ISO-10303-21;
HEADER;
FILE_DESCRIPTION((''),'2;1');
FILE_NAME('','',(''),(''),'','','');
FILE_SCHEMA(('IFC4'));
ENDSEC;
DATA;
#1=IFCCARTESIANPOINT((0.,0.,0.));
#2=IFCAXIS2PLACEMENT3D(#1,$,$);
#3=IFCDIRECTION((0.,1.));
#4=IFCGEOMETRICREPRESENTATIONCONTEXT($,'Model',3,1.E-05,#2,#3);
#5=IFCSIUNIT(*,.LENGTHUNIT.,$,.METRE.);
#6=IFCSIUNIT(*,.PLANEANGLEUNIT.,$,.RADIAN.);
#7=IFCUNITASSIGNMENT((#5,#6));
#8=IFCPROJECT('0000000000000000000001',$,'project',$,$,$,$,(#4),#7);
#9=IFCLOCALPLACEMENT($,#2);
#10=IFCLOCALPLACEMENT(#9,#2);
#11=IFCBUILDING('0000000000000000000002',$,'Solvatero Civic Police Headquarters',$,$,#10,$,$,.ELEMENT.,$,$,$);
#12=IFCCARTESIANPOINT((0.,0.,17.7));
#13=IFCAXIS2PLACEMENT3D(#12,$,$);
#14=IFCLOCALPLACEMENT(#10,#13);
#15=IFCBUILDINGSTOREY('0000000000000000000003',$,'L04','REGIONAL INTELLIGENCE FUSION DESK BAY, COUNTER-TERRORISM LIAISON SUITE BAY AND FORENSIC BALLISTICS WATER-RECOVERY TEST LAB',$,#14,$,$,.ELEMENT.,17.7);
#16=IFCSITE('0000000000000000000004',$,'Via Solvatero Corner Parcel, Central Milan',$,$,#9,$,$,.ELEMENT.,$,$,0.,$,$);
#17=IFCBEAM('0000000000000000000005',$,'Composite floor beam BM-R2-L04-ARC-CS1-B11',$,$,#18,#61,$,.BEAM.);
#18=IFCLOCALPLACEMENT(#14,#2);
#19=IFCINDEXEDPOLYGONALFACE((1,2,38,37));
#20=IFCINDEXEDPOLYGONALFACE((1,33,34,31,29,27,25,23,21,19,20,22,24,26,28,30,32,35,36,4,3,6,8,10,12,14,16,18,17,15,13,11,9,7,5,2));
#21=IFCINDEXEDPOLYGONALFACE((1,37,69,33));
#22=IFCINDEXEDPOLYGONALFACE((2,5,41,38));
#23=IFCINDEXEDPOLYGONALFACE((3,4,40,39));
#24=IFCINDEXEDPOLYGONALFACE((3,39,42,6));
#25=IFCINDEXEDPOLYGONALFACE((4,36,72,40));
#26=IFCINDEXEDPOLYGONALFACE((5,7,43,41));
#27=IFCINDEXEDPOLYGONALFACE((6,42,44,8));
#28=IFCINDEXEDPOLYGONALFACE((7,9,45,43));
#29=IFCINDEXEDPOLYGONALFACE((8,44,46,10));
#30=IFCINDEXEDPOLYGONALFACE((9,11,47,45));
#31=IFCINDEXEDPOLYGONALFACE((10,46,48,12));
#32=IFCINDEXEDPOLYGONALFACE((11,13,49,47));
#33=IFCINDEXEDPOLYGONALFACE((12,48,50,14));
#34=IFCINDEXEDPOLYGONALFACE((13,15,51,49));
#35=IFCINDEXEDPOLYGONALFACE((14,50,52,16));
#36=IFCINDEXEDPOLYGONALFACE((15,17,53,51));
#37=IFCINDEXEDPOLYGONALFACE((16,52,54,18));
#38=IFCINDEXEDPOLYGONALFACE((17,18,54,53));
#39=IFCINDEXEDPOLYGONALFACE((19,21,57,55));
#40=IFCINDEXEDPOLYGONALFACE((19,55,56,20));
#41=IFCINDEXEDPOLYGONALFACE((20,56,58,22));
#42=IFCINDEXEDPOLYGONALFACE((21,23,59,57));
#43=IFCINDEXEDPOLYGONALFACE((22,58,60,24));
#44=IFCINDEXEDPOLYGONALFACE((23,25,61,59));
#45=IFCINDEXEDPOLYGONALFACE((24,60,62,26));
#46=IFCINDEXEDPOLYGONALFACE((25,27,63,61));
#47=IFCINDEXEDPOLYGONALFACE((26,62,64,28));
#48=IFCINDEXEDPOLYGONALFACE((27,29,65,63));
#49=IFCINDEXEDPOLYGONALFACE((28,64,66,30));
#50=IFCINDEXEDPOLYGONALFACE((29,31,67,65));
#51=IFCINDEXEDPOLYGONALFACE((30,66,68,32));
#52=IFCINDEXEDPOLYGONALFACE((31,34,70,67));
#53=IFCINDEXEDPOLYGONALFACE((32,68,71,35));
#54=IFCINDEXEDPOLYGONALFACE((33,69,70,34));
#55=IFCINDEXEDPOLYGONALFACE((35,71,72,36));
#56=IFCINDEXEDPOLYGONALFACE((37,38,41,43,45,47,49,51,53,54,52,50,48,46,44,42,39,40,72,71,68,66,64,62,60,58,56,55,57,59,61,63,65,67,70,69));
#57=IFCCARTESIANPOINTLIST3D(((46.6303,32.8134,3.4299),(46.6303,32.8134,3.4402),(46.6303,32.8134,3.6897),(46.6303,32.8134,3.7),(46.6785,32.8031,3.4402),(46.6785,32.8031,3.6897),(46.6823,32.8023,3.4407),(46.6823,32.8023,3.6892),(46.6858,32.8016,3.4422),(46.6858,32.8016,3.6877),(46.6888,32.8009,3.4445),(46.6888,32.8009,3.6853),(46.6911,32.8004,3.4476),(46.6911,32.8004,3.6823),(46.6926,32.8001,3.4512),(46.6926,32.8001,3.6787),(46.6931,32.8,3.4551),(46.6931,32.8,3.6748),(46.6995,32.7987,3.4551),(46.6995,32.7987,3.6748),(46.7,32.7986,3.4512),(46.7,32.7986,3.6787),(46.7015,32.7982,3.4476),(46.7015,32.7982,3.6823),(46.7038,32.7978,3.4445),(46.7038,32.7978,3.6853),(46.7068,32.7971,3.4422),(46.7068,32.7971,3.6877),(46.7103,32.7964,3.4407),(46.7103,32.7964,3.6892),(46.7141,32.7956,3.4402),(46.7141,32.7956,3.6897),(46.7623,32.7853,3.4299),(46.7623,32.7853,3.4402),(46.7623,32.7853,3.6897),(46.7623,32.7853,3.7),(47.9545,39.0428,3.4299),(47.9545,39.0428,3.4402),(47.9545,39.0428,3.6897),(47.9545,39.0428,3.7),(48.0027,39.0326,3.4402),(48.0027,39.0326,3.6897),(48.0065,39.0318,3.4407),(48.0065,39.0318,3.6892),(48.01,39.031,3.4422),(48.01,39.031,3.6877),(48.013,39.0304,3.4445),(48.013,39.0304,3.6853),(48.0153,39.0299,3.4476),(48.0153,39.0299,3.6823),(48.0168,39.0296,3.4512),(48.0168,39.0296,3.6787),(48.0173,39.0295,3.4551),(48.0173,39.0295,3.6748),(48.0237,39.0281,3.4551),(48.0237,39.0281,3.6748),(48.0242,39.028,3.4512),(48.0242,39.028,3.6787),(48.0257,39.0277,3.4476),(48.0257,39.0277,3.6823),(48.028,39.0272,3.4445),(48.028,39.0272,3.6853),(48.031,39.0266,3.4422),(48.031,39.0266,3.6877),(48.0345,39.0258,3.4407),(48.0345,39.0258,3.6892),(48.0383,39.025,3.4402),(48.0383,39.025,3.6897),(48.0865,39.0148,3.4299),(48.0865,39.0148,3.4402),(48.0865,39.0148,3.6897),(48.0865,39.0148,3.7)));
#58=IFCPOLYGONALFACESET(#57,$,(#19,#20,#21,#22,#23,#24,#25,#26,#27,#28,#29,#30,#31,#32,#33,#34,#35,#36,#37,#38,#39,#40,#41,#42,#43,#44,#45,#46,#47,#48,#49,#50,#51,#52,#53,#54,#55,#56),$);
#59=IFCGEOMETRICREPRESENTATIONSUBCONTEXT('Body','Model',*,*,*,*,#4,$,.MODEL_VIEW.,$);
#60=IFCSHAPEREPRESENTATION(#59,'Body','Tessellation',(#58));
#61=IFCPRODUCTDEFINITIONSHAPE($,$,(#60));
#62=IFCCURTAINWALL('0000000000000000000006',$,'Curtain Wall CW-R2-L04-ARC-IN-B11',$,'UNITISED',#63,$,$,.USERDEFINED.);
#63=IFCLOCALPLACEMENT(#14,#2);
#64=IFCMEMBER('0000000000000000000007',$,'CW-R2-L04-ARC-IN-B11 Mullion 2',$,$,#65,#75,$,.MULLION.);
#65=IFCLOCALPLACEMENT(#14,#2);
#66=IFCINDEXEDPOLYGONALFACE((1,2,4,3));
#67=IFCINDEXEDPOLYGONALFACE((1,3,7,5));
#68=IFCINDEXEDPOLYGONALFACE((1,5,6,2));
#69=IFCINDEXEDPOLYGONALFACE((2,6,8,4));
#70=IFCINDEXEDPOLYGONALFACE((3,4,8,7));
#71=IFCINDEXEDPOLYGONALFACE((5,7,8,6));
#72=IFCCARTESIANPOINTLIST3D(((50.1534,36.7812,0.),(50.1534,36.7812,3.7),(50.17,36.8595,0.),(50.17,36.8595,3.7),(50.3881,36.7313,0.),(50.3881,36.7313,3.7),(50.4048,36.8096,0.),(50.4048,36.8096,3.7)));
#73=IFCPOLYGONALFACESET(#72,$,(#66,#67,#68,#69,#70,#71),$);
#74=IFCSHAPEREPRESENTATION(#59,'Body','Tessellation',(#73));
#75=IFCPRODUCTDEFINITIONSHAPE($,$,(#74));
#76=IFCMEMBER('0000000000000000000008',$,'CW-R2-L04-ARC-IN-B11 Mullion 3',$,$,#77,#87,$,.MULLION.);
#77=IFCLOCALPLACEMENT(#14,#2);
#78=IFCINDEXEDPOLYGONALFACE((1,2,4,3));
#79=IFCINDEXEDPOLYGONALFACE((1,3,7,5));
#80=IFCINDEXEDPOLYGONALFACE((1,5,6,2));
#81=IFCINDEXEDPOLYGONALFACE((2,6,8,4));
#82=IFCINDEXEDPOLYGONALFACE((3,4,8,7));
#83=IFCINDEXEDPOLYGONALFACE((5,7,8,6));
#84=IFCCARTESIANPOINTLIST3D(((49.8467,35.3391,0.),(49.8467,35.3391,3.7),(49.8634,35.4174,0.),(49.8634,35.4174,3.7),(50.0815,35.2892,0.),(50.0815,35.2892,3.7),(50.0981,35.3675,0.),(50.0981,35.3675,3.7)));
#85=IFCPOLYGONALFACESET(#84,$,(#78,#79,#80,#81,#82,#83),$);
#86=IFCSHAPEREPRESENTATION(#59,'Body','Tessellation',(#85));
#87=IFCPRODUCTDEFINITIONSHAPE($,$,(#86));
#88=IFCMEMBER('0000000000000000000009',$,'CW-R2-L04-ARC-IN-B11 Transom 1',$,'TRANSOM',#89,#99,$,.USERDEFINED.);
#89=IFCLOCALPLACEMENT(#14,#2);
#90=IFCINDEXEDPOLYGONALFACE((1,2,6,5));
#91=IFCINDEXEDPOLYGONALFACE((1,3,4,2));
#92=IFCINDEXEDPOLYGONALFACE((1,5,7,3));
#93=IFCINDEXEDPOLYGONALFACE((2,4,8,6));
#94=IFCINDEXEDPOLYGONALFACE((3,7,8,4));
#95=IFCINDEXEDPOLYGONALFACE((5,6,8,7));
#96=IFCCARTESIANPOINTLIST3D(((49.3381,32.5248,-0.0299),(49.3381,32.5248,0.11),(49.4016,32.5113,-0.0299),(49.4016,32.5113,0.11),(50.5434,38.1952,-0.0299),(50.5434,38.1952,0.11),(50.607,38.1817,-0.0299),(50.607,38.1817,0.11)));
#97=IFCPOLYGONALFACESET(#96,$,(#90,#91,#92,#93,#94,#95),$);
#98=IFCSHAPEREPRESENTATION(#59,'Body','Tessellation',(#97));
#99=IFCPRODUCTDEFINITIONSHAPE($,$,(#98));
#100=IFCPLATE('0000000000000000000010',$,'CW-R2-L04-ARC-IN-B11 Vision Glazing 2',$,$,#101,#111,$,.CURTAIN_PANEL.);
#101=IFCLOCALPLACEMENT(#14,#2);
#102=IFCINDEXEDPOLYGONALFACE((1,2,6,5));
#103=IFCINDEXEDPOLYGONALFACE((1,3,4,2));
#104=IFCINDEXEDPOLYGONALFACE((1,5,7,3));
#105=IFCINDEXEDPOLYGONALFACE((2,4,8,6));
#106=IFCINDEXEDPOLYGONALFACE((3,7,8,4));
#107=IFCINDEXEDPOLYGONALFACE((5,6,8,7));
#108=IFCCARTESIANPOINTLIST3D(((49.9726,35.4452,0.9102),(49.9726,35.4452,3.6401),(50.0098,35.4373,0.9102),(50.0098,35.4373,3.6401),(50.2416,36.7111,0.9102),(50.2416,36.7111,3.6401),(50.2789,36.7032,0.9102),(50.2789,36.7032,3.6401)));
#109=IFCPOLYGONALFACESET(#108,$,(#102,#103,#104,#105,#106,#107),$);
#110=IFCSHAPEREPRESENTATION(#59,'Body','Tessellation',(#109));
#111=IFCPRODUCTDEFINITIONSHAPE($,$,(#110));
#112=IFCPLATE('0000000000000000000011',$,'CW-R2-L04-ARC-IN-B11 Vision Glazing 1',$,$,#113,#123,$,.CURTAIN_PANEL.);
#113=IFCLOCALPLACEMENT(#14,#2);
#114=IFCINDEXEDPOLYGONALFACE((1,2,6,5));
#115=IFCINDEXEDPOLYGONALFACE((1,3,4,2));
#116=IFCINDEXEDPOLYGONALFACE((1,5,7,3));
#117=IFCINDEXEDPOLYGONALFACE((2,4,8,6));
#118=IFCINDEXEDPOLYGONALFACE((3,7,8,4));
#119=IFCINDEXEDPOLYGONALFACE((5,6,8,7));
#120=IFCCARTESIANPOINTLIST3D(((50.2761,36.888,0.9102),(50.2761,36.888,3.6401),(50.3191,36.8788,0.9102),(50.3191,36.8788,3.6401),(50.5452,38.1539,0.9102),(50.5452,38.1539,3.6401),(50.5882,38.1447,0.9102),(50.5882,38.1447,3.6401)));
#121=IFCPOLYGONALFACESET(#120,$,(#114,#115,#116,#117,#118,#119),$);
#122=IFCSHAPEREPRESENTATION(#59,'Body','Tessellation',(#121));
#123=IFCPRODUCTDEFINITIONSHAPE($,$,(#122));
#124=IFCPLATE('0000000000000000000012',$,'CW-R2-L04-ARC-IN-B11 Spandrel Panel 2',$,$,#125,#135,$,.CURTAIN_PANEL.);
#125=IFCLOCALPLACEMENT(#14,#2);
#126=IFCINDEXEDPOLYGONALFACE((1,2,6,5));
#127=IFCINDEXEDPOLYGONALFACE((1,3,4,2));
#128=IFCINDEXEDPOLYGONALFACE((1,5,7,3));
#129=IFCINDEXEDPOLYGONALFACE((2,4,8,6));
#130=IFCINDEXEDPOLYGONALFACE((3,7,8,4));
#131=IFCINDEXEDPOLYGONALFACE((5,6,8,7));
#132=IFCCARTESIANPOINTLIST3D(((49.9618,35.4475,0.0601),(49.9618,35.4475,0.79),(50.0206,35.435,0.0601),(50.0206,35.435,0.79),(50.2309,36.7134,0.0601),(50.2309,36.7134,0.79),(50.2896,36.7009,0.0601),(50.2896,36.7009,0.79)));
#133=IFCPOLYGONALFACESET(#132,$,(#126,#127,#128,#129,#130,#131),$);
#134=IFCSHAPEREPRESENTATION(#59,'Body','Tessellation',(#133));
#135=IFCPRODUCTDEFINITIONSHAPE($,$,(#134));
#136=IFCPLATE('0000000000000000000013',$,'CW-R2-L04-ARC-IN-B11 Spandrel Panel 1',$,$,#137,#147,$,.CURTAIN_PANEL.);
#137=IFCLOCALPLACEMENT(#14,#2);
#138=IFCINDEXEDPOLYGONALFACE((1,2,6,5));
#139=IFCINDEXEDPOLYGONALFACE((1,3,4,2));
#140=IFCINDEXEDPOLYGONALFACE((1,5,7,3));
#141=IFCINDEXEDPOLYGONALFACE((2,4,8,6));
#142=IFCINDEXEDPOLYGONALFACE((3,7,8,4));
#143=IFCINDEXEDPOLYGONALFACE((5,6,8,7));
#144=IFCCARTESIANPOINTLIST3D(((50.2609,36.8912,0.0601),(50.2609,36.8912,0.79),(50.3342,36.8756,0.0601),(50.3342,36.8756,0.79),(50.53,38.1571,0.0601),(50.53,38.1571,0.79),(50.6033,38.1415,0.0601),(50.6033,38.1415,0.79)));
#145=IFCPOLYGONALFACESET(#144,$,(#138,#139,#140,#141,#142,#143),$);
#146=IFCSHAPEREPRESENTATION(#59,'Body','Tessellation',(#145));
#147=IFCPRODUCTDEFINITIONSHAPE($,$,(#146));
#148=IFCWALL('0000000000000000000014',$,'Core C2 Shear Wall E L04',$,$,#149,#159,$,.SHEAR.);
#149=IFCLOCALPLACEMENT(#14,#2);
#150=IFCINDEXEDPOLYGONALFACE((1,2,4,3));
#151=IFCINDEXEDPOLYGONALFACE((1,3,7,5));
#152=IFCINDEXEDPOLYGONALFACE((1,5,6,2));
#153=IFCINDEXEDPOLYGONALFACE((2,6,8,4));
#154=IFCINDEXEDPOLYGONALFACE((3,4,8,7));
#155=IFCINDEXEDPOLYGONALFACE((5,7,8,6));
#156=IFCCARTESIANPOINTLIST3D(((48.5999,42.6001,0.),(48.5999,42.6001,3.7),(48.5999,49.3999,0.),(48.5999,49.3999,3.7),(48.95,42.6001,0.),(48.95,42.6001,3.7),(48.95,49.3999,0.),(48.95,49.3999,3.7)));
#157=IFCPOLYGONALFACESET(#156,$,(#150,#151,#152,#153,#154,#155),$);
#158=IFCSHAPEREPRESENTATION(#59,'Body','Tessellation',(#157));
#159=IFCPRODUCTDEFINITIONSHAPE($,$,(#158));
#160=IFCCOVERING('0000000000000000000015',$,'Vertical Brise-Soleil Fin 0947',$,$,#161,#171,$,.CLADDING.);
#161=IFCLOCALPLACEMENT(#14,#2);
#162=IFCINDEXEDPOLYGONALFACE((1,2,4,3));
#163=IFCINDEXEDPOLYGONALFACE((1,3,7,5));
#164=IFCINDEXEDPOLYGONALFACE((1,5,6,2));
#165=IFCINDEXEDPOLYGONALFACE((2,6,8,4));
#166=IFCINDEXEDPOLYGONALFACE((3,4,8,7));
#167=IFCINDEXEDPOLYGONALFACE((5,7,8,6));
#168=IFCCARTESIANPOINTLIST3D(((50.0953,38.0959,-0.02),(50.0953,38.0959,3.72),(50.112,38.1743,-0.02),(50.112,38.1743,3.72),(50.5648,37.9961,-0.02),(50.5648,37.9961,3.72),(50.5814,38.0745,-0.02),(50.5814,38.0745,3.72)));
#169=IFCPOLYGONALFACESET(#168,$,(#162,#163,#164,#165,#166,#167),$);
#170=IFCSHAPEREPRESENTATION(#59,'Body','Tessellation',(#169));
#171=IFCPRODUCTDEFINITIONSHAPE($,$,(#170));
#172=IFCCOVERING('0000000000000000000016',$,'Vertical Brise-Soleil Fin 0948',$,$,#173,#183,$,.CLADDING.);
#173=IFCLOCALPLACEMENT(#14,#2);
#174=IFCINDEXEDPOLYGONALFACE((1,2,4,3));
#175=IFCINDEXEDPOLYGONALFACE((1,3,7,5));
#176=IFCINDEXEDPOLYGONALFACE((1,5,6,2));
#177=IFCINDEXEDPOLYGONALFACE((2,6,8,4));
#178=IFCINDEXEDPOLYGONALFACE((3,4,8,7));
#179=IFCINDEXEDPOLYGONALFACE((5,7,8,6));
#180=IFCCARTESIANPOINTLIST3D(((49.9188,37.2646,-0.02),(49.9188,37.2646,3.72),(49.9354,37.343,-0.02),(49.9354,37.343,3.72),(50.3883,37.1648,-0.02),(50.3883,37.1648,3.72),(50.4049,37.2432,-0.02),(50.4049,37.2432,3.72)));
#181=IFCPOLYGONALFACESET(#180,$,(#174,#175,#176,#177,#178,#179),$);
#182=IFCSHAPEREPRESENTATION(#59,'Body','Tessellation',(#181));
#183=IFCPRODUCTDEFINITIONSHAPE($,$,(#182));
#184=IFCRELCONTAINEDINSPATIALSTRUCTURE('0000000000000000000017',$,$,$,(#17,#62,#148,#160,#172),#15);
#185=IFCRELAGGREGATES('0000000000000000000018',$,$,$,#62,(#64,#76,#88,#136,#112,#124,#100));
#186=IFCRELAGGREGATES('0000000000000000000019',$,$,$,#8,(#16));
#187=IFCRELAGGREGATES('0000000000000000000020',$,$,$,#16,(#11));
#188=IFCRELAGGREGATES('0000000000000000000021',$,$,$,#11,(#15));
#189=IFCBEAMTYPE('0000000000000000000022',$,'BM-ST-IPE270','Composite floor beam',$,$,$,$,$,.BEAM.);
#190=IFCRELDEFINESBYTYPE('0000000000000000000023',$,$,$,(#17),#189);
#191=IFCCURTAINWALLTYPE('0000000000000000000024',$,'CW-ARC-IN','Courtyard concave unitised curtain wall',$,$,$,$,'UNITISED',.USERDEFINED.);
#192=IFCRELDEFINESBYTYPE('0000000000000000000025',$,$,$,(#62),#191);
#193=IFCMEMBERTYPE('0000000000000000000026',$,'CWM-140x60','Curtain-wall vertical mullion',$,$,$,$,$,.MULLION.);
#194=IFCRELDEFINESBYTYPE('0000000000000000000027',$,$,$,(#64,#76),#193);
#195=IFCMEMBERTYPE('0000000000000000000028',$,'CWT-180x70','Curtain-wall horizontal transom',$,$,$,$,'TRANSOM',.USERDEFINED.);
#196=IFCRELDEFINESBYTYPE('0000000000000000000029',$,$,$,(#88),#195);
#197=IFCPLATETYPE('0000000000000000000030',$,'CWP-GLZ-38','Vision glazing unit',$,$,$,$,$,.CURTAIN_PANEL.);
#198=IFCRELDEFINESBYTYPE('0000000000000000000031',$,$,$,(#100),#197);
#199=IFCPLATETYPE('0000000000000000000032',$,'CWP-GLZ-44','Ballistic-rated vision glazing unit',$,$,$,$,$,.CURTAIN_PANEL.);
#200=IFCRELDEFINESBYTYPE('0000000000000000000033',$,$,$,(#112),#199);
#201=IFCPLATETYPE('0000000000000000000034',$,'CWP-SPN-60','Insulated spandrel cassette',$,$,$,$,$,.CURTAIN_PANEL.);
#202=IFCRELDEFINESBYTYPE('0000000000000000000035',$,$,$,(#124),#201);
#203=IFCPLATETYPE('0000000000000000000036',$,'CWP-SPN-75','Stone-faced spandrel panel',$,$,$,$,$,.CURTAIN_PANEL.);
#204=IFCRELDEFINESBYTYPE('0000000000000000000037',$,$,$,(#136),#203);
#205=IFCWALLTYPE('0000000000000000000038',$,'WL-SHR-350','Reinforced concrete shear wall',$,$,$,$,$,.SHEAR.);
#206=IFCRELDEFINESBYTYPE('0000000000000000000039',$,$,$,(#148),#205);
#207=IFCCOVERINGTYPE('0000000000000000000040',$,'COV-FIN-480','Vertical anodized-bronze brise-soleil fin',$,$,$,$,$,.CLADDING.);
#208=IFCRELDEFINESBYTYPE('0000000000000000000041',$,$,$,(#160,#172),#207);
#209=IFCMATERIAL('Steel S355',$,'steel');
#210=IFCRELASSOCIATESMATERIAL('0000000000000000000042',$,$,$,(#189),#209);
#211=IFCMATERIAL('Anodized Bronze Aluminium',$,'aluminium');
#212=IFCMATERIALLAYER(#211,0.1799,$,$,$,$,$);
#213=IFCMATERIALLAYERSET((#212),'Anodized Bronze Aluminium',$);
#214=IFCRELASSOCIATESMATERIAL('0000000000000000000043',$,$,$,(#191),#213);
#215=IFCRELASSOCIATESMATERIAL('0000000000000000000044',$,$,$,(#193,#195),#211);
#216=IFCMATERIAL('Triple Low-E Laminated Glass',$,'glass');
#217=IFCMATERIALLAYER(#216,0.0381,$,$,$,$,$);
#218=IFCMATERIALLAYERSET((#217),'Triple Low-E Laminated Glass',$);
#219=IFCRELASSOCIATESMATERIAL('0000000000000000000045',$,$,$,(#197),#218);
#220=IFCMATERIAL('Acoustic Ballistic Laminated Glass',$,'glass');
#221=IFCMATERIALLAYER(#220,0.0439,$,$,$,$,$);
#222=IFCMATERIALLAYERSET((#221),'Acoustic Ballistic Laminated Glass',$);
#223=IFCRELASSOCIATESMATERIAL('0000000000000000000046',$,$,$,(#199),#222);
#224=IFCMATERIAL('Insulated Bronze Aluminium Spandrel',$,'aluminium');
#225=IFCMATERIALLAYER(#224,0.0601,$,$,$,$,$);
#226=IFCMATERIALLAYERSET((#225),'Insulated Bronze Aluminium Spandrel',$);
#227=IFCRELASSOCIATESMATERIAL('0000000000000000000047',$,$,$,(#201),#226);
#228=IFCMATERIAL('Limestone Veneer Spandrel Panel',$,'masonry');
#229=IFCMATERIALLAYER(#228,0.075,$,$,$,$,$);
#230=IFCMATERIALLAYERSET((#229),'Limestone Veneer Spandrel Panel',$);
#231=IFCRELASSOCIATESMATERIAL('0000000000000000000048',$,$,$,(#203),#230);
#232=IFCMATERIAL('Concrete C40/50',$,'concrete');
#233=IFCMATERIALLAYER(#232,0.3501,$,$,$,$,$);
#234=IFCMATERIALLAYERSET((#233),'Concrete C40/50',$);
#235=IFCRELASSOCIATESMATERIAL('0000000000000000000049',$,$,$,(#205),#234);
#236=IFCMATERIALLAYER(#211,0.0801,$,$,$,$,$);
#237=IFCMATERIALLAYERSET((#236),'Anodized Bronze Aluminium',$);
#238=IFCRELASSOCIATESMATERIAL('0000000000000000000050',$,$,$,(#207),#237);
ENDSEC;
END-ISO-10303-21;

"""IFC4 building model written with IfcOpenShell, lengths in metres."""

from ifc_helpers import new_model, si_unit, direction, frame, frame_2d, origin, origin_2d, place, context, subcontext, project, spatial, rectangle, i_section, extrude, material, layer, layer_set, material_profile, profile_set, type_object, element, aggregate, save


model = new_model("IFC4")

# Units and contexts
model_context = context("Model", 3, precision=1e-05, world=origin(), true_north=direction((0.0, 1.0)))
body_context = subcontext(model_context, "Body", "Model", "MODEL_VIEW")
ifc_project = project(units=[si_unit("LENGTHUNIT", "METRE"), si_unit("PLANEANGLEUNIT", "RADIAN")], contexts=[model_context])

# Site, building, storey
site_placement = place(None, origin())
site = spatial("IfcSite", under=ifc_project, at=site_placement, Name="Via Solvatero Corner Parcel, Central Milan", CompositionType="ELEMENT", RefElevation=0.0)
building_placement = place(site_placement, origin())
building = spatial("IfcBuilding", under=site, at=building_placement, Name="Solvatero Civic Police Headquarters", CompositionType="ELEMENT")
storey_placement = place(building_placement, frame((0.0, 0.0, 17.7)))
storey = spatial("IfcBuildingStorey", under=building, at=storey_placement, Name="L04", Description="REGIONAL INTELLIGENCE FUSION DESK BAY, COUNTER-TERRORISM LIAISON SUITE BAY AND FORENSIC BALLISTICS WATER-RECOVERY TEST LAB", CompositionType="ELEMENT", Elevation=17.7)

# Shared definitions
ifc_material_1 = material(Name="Steel S355", Category="steel")

# Beam
ifc_material_profile_1 = material_profile(ifc_material_1, i_section(OverallWidth=0.135, OverallDepth=0.27, WebThickness=0.0066, FlangeThickness=0.0103, FilletRadius=0.0149, at=origin_2d()), Name="IPE 270")
ifc_profile_set_1 = profile_set([ifc_material_profile_1], Name="Steel S355")
beam_type_1 = type_object("IfcBeamType", Name="BM-ST-IPE270", Description="Composite floor beam", PredefinedType="BEAM", material=ifc_profile_set_1)
beam_1_placement = place(storey_placement, frame((48.0205, 39.0288, 3.5649), z_axis=(-0.207927, -0.978144, 0.0), x_axis=(0.978144, -0.207927, 0.0)))
element("IfcBeam", 1, at=beam_1_placement, inside=storey, type_object=beam_type_1, Name="Composite floor beam BM-R2-L04-ARC-CS1-B11", PredefinedType="BEAM", context=body_context, shape_type="SweptSolid", body=[
    extrude(i_section(OverallWidth=0.135, OverallDepth=0.27, WebThickness=0.0066, FlangeThickness=0.0103, FilletRadius=0.0149, at=origin_2d()), origin(), (0.0, 0.0, 1.0), 6.3687),
])

# Curtain wall, members, plates
ifc_material_2 = material(Name="Anodized Bronze Aluminium", Category="aluminium")
ifc_layer_1 = layer(ifc_material_2, 0.1799)
ifc_layer_set_1 = layer_set([ifc_layer_1], Name="Anodized Bronze Aluminium")
curtain_wall_type = type_object("IfcCurtainWallType", Name="CW-ARC-IN", Description="Courtyard concave unitised curtain wall", ElementType="UNITISED", PredefinedType="USERDEFINED", material=ifc_layer_set_1)
curtain_wall_placement = place(storey_placement, origin())
curtain_wall = element("IfcCurtainWall", 2, at=curtain_wall_placement, inside=storey, type_object=curtain_wall_type, Name="Curtain Wall CW-R2-L04-ARC-IN-B11", ObjectType="UNITISED", PredefinedType="USERDEFINED")
ifc_material_profile_2 = material_profile(ifc_material_2, rectangle(XDim=0.0801, YDim=0.24, at=origin_2d()), Name="ALU MULLION 80x240")
ifc_profile_set_2 = profile_set([ifc_material_profile_2], Name="Anodized Bronze Aluminium")
member_type_1 = type_object("IfcMemberType", Name="CWM-140x60", Description="Curtain-wall vertical mullion", PredefinedType="MULLION", material=ifc_profile_set_2)
member_1_placement = place(storey_placement, frame((50.2791, 36.7954, 0.0), z_axis=(0.0, 0.0, 1.0), x_axis=(-0.207912, -0.978148, 0.0)))
member_1 = element("IfcMember", 3, at=member_1_placement, type_object=member_type_1, Name="CW-R2-L04-ARC-IN-B11 Mullion 2", PredefinedType="MULLION", context=body_context, shape_type="SweptSolid", body=[
    extrude(rectangle(XDim=0.0801, YDim=0.24, at=origin_2d()), origin(), (0.0, 0.0, 1.0), 3.7),
])
member_2_placement = place(storey_placement, frame((49.9724, 35.3533, 0.0), z_axis=(0.0, 0.0, 1.0), x_axis=(-0.207912, -0.978148, 0.0)))
member_2 = element("IfcMember", 4, at=member_2_placement, type_object=member_type_1, Name="CW-R2-L04-ARC-IN-B11 Mullion 3", PredefinedType="MULLION", context=body_context, shape_type="SweptSolid", body=[
    extrude(rectangle(XDim=0.0801, YDim=0.24, at=origin_2d()), origin(), (0.0, 0.0, 1.0), 3.7),
])
ifc_material_profile_3 = material_profile(ifc_material_2, rectangle(XDim=0.0649, YDim=0.1399, at=origin_2d()), Name="ALU TRANSOM 65x140")
ifc_profile_set_3 = profile_set([ifc_material_profile_3], Name="Anodized Bronze Aluminium")
member_type_2 = type_object("IfcMemberType", Name="CWT-180x70", Description="Curtain-wall horizontal transom", ElementType="TRANSOM", PredefinedType="USERDEFINED", material=ifc_profile_set_3)
member_3_placement = place(storey_placement, frame((50.5752, 38.1885, 0.04), z_axis=(-0.207918, -0.978146, 0.0), x_axis=(0.978146, -0.207918, 0.0)))
member_3 = element("IfcMember", 5, at=member_3_placement, type_object=member_type_2, Name="CW-R2-L04-ARC-IN-B11 Transom 1", ObjectType="TRANSOM", PredefinedType="USERDEFINED", context=body_context, shape_type="SweptSolid", body=[
    extrude(rectangle(XDim=0.0649, YDim=0.1399, at=origin_2d()), origin(), (0.0, 0.0, 1.0), 5.7971),
])
ifc_material_3 = material(Name="Triple Low-E Laminated Glass", Category="glass")
ifc_layer_2 = layer(ifc_material_3, 0.0381)
ifc_layer_set_2 = layer_set([ifc_layer_2], Name="Triple Low-E Laminated Glass")
plate_type_1 = type_object("IfcPlateType", Name="CWP-GLZ-38", Description="Vision glazing unit", PredefinedType="CURTAIN_PANEL", material=ifc_layer_set_2)
plate_1_placement = place(storey_placement, frame((50.1257, 36.0742, 0.9102), z_axis=(0.0, 0.0, 1.0), x_axis=(-0.207912, -0.978148, 0.0)))
plate_1 = element("IfcPlate", 6, at=plate_1_placement, type_object=plate_type_1, Name="CW-R2-L04-ARC-IN-B11 Vision Glazing 2", PredefinedType="CURTAIN_PANEL", context=body_context, shape_type="SweptSolid", body=[
    extrude(rectangle(XDim=1.2942, YDim=0.0381, at=origin_2d()), origin(), (0.0, 0.0, 1.0), 2.73),
])
ifc_material_4 = material(Name="Acoustic Ballistic Laminated Glass", Category="glass")
ifc_layer_3 = layer(ifc_material_4, 0.0439)
ifc_layer_set_3 = layer_set([ifc_layer_3], Name="Acoustic Ballistic Laminated Glass")
plate_type_2 = type_object("IfcPlateType", Name="CWP-GLZ-44", Description="Ballistic-rated vision glazing unit", PredefinedType="CURTAIN_PANEL", material=ifc_layer_set_3)
plate_2_placement = place(storey_placement, frame((50.4321, 37.5164, 0.9102), z_axis=(0.0, 0.0, 1.0), x_axis=(-0.207912, -0.978148, 0.0)))
plate_2 = element("IfcPlate", 7, at=plate_2_placement, type_object=plate_type_2, Name="CW-R2-L04-ARC-IN-B11 Vision Glazing 1", PredefinedType="CURTAIN_PANEL", context=body_context, shape_type="SweptSolid", body=[
    extrude(rectangle(XDim=1.2942, YDim=0.0439, at=origin_2d()), origin(), (0.0, 0.0, 1.0), 2.73),
])
ifc_material_5 = material(Name="Insulated Bronze Aluminium Spandrel", Category="aluminium")
ifc_layer_4 = layer(ifc_material_5, 0.0601)
ifc_layer_set_4 = layer_set([ifc_layer_4], Name="Insulated Bronze Aluminium Spandrel")
plate_type_3 = type_object("IfcPlateType", Name="CWP-SPN-60", Description="Insulated spandrel cassette", PredefinedType="CURTAIN_PANEL", material=ifc_layer_set_4)
plate_3_placement = place(storey_placement, frame((50.1257, 36.0742, 0.0601), z_axis=(0.0, 0.0, 1.0), x_axis=(-0.207912, -0.978148, 0.0)))
plate_3 = element("IfcPlate", 8, at=plate_3_placement, type_object=plate_type_3, Name="CW-R2-L04-ARC-IN-B11 Spandrel Panel 2", PredefinedType="CURTAIN_PANEL", context=body_context, shape_type="SweptSolid", body=[
    extrude(rectangle(XDim=1.2942, YDim=0.0601, at=origin_2d()), origin(), (0.0, 0.0, 1.0), 0.73),
])
ifc_material_6 = material(Name="Limestone Veneer Spandrel Panel", Category="masonry")
ifc_layer_5 = layer(ifc_material_6, 0.075)
ifc_layer_set_5 = layer_set([ifc_layer_5], Name="Limestone Veneer Spandrel Panel")
plate_type_4 = type_object("IfcPlateType", Name="CWP-SPN-75", Description="Stone-faced spandrel panel", PredefinedType="CURTAIN_PANEL", material=ifc_layer_set_5)
plate_4_placement = place(storey_placement, frame((50.4321, 37.5164, 0.0601), z_axis=(0.0, 0.0, 1.0), x_axis=(-0.207912, -0.978148, 0.0)))
plate_4 = element("IfcPlate", 9, at=plate_4_placement, type_object=plate_type_4, Name="CW-R2-L04-ARC-IN-B11 Spandrel Panel 1", PredefinedType="CURTAIN_PANEL", context=body_context, shape_type="SweptSolid", body=[
    extrude(rectangle(XDim=1.2942, YDim=0.075, at=origin_2d()), origin(), (0.0, 0.0, 1.0), 0.73),
])
aggregate(curtain_wall, [member_1, member_2, member_3, plate_4, plate_2, plate_3, plate_1])

# Wall
ifc_material_7 = material(Name="Concrete C40/50", Category="concrete")
ifc_layer_6 = layer(ifc_material_7, 0.3501)
ifc_layer_set_6 = layer_set([ifc_layer_6], Name="Concrete C40/50")
wall_type = type_object("IfcWallType", Name="WL-SHR-350", Description="Reinforced concrete shear wall", PredefinedType="SHEAR", material=ifc_layer_set_6)
wall_placement = place(storey_placement, frame((48.7749, 42.6001, 0.0), z_axis=(0.0, 0.0, 1.0), x_axis=(0.0, 1.0, 0.0)))
element("IfcWall", 10, at=wall_placement, inside=storey, type_object=wall_type, Name="Core C2 Shear Wall E L04", PredefinedType="SHEAR", context=body_context, shape_type="SweptSolid", body=[
    extrude(rectangle(XDim=6.7998, YDim=0.3501, at=frame_2d((3.3999, 0.0))), origin(), (0.0, 0.0, 1.0), 3.7),
])

# Coverings
ifc_layer_7 = layer(ifc_material_2, 0.0801)
ifc_layer_set_7 = layer_set([ifc_layer_7], Name="Anodized Bronze Aluminium")
covering_type = type_object("IfcCoveringType", Name="COV-FIN-480", Description="Vertical anodized-bronze brise-soleil fin", PredefinedType="CLADDING", material=ifc_layer_set_7)
for number, where, z_axis, x_axis, name in (
    (11, (50.3384, 38.0852, -0.02), (0.0, 0.0, 1.0), (-0.207912, -0.978148, 0.0), "Vertical Brise-Soleil Fin 0947"),
    (12, (50.1619, 37.2539, -0.02), (0.0, 0.0, 1.0), (-0.207912, -0.978148, 0.0), "Vertical Brise-Soleil Fin 0948"),
):
    element("IfcCovering", number, at=place(storey_placement, frame(where, z_axis=z_axis, x_axis=x_axis)), inside=storey, type_object=covering_type, Name=name, PredefinedType="CLADDING", context=body_context, shape_type="SweptSolid", body=[
        extrude(rectangle(XDim=0.0801, YDim=0.48, at=origin_2d()), origin(), (0.0, 0.0, 1.0), 3.74),
    ])

save(model, "model.ifc")
